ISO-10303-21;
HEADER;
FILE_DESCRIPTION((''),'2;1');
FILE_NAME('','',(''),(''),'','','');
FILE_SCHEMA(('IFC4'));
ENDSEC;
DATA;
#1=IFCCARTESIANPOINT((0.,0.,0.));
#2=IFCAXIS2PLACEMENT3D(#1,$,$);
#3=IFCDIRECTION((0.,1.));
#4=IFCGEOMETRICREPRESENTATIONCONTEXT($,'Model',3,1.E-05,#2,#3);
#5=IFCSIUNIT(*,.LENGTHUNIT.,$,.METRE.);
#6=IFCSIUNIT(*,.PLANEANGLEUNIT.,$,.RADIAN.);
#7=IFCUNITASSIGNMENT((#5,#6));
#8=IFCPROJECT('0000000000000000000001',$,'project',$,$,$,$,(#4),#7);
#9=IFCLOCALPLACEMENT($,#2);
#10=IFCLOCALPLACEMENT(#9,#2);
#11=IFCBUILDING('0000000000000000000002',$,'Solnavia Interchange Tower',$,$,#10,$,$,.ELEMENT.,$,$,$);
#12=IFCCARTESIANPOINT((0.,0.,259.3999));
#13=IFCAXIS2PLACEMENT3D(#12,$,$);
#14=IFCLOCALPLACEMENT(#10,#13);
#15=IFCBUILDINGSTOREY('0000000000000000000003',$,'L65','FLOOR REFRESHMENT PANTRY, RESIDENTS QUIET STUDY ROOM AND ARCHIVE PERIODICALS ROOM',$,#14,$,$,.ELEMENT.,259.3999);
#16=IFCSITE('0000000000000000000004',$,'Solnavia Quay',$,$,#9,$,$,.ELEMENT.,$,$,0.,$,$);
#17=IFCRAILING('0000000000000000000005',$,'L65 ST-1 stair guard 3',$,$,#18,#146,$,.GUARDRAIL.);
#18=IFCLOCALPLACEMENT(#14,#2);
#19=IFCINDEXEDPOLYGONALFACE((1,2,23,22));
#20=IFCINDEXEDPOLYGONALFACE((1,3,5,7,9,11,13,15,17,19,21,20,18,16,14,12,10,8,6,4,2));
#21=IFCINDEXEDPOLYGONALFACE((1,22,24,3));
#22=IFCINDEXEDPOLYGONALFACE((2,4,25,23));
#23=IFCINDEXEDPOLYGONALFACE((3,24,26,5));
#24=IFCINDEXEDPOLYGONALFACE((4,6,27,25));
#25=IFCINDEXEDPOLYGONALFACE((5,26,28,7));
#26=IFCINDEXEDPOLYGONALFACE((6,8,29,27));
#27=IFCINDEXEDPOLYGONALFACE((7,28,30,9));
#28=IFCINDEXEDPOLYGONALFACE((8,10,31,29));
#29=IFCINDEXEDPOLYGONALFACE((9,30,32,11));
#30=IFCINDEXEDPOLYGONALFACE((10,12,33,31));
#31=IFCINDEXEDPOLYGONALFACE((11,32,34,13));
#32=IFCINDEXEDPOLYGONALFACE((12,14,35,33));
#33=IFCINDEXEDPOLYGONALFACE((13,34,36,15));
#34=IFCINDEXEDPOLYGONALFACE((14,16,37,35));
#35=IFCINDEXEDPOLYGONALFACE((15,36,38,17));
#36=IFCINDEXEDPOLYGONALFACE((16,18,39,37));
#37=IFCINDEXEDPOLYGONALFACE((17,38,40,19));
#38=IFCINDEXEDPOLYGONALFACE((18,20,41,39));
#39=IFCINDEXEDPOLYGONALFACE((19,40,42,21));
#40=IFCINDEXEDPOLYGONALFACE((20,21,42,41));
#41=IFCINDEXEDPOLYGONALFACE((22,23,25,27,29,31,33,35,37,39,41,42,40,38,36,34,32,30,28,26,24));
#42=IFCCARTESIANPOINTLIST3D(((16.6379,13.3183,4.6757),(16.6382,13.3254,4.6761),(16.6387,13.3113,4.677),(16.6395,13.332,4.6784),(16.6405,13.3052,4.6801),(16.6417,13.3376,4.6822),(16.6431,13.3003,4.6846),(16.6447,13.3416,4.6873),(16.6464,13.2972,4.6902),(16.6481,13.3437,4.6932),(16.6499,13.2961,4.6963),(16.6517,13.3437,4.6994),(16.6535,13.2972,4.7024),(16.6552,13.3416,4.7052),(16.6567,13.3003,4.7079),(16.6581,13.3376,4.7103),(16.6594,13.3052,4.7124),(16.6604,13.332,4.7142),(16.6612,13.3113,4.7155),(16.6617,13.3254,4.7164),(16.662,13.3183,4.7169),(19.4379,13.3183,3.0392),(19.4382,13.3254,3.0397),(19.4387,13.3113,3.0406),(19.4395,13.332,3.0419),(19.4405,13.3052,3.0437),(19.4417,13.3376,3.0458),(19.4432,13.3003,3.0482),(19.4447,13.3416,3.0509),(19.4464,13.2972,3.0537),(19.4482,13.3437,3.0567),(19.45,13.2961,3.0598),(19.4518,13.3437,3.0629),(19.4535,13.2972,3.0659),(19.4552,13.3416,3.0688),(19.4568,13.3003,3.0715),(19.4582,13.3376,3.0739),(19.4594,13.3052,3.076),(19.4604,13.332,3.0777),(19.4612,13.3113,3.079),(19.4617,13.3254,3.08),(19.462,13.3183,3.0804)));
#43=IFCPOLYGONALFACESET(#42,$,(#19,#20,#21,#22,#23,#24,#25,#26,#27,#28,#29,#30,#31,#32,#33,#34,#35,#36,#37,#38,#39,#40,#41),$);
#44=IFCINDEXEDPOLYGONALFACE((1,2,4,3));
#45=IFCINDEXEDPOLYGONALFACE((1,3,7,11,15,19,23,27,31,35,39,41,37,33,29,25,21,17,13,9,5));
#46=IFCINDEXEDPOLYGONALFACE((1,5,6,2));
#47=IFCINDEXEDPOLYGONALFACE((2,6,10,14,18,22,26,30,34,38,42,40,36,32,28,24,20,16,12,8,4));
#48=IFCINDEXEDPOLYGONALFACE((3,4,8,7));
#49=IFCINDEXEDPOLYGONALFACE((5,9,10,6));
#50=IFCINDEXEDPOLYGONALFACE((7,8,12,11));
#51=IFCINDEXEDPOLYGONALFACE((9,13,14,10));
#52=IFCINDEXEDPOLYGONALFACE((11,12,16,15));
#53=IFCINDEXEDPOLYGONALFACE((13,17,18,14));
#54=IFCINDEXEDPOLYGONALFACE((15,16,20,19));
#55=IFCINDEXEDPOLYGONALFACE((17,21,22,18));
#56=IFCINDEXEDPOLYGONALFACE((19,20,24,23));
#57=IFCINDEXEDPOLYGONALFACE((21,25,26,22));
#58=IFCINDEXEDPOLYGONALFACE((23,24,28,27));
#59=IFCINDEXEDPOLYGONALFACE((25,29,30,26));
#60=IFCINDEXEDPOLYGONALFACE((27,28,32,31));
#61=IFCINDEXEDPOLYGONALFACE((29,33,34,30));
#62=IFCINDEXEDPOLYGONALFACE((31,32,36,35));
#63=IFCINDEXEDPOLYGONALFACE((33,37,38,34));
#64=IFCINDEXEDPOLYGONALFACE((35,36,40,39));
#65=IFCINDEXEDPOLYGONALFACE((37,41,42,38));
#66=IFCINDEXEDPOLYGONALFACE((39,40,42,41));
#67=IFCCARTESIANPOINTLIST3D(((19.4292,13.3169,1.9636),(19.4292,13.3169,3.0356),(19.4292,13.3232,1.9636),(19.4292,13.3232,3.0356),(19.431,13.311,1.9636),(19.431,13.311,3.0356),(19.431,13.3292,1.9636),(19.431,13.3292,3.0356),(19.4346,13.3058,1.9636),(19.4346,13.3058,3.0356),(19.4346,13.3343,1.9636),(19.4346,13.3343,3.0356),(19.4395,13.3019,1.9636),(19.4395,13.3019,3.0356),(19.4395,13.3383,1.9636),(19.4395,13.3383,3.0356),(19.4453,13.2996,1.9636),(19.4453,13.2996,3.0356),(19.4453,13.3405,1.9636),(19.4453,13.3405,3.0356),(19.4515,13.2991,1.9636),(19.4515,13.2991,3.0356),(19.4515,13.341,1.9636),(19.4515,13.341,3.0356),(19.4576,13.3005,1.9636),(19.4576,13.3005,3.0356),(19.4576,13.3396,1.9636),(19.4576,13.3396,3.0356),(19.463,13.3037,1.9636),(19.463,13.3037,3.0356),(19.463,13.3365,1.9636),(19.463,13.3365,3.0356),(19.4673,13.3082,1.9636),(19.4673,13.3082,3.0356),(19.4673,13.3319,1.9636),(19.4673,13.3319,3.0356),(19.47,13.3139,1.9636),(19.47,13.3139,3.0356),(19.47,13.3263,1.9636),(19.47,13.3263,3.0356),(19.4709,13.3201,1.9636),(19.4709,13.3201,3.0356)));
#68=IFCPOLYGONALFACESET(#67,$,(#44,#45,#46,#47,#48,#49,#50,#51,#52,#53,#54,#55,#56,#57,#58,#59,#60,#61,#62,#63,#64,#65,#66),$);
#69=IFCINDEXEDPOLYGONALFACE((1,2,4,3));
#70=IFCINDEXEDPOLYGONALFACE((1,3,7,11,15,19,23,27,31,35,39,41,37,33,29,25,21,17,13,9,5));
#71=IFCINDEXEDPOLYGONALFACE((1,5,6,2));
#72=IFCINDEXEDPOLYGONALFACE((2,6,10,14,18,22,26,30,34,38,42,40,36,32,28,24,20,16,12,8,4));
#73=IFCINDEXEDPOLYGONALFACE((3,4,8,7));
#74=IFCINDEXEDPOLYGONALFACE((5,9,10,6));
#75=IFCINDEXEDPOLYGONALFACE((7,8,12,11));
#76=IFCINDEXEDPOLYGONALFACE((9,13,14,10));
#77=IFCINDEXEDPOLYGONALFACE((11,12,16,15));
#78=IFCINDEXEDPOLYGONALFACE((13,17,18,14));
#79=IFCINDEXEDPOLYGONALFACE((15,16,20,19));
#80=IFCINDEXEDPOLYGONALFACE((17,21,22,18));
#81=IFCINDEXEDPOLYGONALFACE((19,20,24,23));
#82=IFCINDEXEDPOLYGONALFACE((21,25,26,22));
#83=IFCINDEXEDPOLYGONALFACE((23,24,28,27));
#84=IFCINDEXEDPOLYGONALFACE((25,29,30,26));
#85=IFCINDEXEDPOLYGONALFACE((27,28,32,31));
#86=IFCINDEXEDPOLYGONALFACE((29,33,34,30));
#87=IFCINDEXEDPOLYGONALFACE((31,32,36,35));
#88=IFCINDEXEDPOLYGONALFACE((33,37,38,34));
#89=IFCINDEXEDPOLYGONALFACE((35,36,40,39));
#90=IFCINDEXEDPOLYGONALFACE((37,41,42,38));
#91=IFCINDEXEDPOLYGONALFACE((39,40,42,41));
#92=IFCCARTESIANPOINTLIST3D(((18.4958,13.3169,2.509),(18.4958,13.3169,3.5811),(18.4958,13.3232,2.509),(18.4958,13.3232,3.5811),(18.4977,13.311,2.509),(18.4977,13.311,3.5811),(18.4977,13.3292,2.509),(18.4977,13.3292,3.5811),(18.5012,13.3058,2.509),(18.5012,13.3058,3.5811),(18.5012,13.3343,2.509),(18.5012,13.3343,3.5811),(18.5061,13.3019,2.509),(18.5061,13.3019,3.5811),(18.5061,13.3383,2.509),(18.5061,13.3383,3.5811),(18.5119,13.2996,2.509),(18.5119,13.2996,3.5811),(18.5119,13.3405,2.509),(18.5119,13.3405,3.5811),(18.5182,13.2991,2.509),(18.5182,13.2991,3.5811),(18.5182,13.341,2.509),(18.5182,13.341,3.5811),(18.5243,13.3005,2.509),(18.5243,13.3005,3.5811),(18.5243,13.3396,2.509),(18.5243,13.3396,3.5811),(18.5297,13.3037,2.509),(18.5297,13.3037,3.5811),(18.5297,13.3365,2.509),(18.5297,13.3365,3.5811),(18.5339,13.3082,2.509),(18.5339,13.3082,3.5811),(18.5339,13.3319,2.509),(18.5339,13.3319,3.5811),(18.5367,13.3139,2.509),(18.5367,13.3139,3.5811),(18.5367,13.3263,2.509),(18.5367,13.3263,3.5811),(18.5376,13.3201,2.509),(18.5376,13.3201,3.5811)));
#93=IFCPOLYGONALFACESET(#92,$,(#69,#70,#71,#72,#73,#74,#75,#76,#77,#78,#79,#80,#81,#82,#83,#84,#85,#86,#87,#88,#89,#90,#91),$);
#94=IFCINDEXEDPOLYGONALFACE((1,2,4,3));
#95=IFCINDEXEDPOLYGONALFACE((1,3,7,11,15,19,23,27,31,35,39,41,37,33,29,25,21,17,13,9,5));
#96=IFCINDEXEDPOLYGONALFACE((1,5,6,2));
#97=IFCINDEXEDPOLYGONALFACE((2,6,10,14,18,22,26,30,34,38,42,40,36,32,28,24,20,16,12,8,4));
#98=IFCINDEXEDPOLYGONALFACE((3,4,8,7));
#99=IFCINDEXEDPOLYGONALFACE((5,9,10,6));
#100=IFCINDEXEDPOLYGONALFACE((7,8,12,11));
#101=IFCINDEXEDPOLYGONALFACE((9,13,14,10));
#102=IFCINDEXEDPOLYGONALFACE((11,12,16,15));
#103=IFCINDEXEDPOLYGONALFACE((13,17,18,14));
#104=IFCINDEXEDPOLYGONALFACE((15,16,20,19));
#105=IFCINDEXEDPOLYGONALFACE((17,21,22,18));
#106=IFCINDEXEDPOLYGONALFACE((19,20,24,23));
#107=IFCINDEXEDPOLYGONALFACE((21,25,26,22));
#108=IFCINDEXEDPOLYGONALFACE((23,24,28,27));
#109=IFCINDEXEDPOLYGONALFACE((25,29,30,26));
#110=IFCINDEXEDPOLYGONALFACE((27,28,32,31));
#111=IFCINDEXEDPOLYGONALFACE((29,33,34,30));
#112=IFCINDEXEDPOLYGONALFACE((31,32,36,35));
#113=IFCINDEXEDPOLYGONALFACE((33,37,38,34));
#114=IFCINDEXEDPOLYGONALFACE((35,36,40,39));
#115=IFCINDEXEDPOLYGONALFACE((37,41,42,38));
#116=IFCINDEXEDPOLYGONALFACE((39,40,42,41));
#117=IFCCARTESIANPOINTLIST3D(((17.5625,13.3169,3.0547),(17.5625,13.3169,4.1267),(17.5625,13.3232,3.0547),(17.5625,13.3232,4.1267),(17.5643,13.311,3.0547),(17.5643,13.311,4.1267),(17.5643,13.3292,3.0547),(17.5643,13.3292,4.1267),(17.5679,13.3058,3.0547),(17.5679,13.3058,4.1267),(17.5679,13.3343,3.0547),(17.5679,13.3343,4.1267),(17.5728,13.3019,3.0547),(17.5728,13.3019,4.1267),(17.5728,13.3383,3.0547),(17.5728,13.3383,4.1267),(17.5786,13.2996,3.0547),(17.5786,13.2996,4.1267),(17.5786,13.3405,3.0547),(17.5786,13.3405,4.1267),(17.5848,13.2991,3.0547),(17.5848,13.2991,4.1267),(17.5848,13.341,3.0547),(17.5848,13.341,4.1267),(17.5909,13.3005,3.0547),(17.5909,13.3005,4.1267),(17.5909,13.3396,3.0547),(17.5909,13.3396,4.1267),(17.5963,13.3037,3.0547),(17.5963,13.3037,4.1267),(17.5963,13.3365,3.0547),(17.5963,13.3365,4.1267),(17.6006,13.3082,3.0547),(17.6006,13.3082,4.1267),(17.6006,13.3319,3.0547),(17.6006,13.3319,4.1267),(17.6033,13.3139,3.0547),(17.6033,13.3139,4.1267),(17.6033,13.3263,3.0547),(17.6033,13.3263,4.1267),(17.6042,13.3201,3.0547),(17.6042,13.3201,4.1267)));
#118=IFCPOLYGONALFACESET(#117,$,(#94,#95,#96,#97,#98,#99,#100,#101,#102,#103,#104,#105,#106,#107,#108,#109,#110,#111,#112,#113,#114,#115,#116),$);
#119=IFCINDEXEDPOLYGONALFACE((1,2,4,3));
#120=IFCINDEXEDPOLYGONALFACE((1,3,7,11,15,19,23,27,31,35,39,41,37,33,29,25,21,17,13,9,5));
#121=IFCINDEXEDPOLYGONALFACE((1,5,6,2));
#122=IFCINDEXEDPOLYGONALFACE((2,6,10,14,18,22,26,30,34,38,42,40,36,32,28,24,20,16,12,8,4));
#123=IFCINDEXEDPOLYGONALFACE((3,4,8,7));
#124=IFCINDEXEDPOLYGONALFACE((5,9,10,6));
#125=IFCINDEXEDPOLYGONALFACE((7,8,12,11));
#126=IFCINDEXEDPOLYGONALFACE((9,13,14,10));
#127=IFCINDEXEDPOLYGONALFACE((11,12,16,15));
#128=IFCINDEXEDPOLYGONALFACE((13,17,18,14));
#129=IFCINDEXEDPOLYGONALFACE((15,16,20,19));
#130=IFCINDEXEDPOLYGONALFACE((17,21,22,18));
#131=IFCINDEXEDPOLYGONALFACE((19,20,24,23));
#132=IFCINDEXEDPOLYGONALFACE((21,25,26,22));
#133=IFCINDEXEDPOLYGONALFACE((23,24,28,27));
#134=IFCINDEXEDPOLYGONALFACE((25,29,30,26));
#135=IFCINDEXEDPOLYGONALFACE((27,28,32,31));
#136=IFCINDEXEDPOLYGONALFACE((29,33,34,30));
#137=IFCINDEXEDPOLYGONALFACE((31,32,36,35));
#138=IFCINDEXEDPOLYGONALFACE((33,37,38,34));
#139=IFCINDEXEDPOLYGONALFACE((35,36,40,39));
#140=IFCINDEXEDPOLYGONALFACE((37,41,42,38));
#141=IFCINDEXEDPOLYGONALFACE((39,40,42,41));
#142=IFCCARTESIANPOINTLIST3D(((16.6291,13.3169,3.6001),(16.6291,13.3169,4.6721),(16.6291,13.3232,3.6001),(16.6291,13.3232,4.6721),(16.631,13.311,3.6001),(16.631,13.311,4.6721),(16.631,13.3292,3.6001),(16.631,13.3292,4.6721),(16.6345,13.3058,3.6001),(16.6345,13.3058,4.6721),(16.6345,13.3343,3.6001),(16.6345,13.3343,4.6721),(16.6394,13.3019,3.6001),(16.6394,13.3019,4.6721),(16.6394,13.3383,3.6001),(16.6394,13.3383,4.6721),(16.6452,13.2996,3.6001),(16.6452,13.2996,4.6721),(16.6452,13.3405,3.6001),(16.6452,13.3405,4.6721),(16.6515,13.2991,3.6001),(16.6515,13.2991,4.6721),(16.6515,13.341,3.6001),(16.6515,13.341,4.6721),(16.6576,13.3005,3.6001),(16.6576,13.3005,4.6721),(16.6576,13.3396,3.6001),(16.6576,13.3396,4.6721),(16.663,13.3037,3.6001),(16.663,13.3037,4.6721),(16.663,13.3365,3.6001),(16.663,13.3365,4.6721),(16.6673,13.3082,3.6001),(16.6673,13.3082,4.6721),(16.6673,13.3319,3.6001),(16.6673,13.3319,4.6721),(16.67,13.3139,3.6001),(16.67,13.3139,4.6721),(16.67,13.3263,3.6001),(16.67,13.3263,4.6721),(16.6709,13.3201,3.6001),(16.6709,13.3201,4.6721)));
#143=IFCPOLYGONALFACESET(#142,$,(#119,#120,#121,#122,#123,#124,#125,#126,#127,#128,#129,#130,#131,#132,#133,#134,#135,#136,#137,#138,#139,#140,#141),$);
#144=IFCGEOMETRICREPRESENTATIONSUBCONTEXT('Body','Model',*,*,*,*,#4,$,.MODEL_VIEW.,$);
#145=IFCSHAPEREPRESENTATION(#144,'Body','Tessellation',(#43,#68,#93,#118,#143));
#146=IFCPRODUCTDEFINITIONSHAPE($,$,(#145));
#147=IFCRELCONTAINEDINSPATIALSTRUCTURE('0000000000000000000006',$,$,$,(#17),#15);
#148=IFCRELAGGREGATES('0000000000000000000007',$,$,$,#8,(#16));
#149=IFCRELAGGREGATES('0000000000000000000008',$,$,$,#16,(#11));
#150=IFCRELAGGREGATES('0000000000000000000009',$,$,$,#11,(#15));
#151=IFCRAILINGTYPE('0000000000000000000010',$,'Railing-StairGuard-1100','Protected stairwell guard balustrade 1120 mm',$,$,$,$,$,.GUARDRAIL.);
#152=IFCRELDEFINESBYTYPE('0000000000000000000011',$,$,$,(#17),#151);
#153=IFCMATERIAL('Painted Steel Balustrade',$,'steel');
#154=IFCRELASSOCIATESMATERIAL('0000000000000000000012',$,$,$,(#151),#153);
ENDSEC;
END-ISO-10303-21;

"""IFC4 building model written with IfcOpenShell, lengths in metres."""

from ifc_helpers import new_model, si_unit, direction, frame, origin, origin_2d, place, context, subcontext, project, spatial, circle, extrude, material, type_object, element, save


model = new_model("IFC4")

# Units and contexts
model_context = context("Model", 3, precision=1e-05, world=origin(), true_north=direction((0.0, 1.0)))
body_context = subcontext(model_context, "Body", "Model", "MODEL_VIEW")
ifc_project = project(units=[si_unit("LENGTHUNIT", "METRE"), si_unit("PLANEANGLEUNIT", "RADIAN")], contexts=[model_context])

# Site, building, storey
site_placement = place(None, origin())
site = spatial("IfcSite", under=ifc_project, at=site_placement, Name="Solnavia Quay", CompositionType="ELEMENT", RefElevation=0.0)
building_placement = place(site_placement, origin())
building = spatial("IfcBuilding", under=site, at=building_placement, Name="Solnavia Interchange Tower", CompositionType="ELEMENT")
storey_placement = place(building_placement, frame((0.0, 0.0, 259.3999)))
storey = spatial("IfcBuildingStorey", under=building, at=storey_placement, Name="L65", Description="FLOOR REFRESHMENT PANTRY, RESIDENTS QUIET STUDY ROOM AND ARCHIVE PERIODICALS ROOM", CompositionType="ELEMENT", Elevation=259.3999)

# Railing
ifc_material_1 = material(Name="Painted Steel Balustrade", Category="steel")
railing_type_1 = type_object("IfcRailingType", Name="Railing-StairGuard-1100", Description="Protected stairwell guard balustrade 1120 mm", PredefinedType="GUARDRAIL", material=ifc_material_1)
railing_1_placement = place(storey_placement, frame((19.45, 13.3201, 1.9636)))
element("IfcRailing", 1, at=railing_1_placement, inside=storey, type_object=railing_type_1, Name="L65 ST-1 stair guard 3", PredefinedType="GUARDRAIL", context=body_context, shape_type="SweptSolid", body=[
    extrude(circle(Radius=0.0239, at=origin_2d()), frame((0.0, 0.0, 1.0962), z_axis=(-0.863361, 0.0, 0.504587), x_axis=(0.0, -1.0, 0.0)), (0.0, 0.0, 1.0), 3.2432),
    extrude(circle(Radius=0.021, at=origin_2d()), origin(), (0.0, 0.0, 1.0), 1.072),
    extrude(circle(Radius=0.021, at=origin_2d()), frame((-0.9333, 0.0, 0.5454)), (0.0, 0.0, 1.0), 1.072),
    extrude(circle(Radius=0.021, at=origin_2d()), frame((-1.8667, 0.0, 1.0911)), (0.0, 0.0, 1.0), 1.072),
    extrude(circle(Radius=0.021, at=origin_2d()), frame((-2.8, 0.0, 1.6365)), (0.0, 0.0, 1.0), 1.072),
])

save(model, "model.ifc")
